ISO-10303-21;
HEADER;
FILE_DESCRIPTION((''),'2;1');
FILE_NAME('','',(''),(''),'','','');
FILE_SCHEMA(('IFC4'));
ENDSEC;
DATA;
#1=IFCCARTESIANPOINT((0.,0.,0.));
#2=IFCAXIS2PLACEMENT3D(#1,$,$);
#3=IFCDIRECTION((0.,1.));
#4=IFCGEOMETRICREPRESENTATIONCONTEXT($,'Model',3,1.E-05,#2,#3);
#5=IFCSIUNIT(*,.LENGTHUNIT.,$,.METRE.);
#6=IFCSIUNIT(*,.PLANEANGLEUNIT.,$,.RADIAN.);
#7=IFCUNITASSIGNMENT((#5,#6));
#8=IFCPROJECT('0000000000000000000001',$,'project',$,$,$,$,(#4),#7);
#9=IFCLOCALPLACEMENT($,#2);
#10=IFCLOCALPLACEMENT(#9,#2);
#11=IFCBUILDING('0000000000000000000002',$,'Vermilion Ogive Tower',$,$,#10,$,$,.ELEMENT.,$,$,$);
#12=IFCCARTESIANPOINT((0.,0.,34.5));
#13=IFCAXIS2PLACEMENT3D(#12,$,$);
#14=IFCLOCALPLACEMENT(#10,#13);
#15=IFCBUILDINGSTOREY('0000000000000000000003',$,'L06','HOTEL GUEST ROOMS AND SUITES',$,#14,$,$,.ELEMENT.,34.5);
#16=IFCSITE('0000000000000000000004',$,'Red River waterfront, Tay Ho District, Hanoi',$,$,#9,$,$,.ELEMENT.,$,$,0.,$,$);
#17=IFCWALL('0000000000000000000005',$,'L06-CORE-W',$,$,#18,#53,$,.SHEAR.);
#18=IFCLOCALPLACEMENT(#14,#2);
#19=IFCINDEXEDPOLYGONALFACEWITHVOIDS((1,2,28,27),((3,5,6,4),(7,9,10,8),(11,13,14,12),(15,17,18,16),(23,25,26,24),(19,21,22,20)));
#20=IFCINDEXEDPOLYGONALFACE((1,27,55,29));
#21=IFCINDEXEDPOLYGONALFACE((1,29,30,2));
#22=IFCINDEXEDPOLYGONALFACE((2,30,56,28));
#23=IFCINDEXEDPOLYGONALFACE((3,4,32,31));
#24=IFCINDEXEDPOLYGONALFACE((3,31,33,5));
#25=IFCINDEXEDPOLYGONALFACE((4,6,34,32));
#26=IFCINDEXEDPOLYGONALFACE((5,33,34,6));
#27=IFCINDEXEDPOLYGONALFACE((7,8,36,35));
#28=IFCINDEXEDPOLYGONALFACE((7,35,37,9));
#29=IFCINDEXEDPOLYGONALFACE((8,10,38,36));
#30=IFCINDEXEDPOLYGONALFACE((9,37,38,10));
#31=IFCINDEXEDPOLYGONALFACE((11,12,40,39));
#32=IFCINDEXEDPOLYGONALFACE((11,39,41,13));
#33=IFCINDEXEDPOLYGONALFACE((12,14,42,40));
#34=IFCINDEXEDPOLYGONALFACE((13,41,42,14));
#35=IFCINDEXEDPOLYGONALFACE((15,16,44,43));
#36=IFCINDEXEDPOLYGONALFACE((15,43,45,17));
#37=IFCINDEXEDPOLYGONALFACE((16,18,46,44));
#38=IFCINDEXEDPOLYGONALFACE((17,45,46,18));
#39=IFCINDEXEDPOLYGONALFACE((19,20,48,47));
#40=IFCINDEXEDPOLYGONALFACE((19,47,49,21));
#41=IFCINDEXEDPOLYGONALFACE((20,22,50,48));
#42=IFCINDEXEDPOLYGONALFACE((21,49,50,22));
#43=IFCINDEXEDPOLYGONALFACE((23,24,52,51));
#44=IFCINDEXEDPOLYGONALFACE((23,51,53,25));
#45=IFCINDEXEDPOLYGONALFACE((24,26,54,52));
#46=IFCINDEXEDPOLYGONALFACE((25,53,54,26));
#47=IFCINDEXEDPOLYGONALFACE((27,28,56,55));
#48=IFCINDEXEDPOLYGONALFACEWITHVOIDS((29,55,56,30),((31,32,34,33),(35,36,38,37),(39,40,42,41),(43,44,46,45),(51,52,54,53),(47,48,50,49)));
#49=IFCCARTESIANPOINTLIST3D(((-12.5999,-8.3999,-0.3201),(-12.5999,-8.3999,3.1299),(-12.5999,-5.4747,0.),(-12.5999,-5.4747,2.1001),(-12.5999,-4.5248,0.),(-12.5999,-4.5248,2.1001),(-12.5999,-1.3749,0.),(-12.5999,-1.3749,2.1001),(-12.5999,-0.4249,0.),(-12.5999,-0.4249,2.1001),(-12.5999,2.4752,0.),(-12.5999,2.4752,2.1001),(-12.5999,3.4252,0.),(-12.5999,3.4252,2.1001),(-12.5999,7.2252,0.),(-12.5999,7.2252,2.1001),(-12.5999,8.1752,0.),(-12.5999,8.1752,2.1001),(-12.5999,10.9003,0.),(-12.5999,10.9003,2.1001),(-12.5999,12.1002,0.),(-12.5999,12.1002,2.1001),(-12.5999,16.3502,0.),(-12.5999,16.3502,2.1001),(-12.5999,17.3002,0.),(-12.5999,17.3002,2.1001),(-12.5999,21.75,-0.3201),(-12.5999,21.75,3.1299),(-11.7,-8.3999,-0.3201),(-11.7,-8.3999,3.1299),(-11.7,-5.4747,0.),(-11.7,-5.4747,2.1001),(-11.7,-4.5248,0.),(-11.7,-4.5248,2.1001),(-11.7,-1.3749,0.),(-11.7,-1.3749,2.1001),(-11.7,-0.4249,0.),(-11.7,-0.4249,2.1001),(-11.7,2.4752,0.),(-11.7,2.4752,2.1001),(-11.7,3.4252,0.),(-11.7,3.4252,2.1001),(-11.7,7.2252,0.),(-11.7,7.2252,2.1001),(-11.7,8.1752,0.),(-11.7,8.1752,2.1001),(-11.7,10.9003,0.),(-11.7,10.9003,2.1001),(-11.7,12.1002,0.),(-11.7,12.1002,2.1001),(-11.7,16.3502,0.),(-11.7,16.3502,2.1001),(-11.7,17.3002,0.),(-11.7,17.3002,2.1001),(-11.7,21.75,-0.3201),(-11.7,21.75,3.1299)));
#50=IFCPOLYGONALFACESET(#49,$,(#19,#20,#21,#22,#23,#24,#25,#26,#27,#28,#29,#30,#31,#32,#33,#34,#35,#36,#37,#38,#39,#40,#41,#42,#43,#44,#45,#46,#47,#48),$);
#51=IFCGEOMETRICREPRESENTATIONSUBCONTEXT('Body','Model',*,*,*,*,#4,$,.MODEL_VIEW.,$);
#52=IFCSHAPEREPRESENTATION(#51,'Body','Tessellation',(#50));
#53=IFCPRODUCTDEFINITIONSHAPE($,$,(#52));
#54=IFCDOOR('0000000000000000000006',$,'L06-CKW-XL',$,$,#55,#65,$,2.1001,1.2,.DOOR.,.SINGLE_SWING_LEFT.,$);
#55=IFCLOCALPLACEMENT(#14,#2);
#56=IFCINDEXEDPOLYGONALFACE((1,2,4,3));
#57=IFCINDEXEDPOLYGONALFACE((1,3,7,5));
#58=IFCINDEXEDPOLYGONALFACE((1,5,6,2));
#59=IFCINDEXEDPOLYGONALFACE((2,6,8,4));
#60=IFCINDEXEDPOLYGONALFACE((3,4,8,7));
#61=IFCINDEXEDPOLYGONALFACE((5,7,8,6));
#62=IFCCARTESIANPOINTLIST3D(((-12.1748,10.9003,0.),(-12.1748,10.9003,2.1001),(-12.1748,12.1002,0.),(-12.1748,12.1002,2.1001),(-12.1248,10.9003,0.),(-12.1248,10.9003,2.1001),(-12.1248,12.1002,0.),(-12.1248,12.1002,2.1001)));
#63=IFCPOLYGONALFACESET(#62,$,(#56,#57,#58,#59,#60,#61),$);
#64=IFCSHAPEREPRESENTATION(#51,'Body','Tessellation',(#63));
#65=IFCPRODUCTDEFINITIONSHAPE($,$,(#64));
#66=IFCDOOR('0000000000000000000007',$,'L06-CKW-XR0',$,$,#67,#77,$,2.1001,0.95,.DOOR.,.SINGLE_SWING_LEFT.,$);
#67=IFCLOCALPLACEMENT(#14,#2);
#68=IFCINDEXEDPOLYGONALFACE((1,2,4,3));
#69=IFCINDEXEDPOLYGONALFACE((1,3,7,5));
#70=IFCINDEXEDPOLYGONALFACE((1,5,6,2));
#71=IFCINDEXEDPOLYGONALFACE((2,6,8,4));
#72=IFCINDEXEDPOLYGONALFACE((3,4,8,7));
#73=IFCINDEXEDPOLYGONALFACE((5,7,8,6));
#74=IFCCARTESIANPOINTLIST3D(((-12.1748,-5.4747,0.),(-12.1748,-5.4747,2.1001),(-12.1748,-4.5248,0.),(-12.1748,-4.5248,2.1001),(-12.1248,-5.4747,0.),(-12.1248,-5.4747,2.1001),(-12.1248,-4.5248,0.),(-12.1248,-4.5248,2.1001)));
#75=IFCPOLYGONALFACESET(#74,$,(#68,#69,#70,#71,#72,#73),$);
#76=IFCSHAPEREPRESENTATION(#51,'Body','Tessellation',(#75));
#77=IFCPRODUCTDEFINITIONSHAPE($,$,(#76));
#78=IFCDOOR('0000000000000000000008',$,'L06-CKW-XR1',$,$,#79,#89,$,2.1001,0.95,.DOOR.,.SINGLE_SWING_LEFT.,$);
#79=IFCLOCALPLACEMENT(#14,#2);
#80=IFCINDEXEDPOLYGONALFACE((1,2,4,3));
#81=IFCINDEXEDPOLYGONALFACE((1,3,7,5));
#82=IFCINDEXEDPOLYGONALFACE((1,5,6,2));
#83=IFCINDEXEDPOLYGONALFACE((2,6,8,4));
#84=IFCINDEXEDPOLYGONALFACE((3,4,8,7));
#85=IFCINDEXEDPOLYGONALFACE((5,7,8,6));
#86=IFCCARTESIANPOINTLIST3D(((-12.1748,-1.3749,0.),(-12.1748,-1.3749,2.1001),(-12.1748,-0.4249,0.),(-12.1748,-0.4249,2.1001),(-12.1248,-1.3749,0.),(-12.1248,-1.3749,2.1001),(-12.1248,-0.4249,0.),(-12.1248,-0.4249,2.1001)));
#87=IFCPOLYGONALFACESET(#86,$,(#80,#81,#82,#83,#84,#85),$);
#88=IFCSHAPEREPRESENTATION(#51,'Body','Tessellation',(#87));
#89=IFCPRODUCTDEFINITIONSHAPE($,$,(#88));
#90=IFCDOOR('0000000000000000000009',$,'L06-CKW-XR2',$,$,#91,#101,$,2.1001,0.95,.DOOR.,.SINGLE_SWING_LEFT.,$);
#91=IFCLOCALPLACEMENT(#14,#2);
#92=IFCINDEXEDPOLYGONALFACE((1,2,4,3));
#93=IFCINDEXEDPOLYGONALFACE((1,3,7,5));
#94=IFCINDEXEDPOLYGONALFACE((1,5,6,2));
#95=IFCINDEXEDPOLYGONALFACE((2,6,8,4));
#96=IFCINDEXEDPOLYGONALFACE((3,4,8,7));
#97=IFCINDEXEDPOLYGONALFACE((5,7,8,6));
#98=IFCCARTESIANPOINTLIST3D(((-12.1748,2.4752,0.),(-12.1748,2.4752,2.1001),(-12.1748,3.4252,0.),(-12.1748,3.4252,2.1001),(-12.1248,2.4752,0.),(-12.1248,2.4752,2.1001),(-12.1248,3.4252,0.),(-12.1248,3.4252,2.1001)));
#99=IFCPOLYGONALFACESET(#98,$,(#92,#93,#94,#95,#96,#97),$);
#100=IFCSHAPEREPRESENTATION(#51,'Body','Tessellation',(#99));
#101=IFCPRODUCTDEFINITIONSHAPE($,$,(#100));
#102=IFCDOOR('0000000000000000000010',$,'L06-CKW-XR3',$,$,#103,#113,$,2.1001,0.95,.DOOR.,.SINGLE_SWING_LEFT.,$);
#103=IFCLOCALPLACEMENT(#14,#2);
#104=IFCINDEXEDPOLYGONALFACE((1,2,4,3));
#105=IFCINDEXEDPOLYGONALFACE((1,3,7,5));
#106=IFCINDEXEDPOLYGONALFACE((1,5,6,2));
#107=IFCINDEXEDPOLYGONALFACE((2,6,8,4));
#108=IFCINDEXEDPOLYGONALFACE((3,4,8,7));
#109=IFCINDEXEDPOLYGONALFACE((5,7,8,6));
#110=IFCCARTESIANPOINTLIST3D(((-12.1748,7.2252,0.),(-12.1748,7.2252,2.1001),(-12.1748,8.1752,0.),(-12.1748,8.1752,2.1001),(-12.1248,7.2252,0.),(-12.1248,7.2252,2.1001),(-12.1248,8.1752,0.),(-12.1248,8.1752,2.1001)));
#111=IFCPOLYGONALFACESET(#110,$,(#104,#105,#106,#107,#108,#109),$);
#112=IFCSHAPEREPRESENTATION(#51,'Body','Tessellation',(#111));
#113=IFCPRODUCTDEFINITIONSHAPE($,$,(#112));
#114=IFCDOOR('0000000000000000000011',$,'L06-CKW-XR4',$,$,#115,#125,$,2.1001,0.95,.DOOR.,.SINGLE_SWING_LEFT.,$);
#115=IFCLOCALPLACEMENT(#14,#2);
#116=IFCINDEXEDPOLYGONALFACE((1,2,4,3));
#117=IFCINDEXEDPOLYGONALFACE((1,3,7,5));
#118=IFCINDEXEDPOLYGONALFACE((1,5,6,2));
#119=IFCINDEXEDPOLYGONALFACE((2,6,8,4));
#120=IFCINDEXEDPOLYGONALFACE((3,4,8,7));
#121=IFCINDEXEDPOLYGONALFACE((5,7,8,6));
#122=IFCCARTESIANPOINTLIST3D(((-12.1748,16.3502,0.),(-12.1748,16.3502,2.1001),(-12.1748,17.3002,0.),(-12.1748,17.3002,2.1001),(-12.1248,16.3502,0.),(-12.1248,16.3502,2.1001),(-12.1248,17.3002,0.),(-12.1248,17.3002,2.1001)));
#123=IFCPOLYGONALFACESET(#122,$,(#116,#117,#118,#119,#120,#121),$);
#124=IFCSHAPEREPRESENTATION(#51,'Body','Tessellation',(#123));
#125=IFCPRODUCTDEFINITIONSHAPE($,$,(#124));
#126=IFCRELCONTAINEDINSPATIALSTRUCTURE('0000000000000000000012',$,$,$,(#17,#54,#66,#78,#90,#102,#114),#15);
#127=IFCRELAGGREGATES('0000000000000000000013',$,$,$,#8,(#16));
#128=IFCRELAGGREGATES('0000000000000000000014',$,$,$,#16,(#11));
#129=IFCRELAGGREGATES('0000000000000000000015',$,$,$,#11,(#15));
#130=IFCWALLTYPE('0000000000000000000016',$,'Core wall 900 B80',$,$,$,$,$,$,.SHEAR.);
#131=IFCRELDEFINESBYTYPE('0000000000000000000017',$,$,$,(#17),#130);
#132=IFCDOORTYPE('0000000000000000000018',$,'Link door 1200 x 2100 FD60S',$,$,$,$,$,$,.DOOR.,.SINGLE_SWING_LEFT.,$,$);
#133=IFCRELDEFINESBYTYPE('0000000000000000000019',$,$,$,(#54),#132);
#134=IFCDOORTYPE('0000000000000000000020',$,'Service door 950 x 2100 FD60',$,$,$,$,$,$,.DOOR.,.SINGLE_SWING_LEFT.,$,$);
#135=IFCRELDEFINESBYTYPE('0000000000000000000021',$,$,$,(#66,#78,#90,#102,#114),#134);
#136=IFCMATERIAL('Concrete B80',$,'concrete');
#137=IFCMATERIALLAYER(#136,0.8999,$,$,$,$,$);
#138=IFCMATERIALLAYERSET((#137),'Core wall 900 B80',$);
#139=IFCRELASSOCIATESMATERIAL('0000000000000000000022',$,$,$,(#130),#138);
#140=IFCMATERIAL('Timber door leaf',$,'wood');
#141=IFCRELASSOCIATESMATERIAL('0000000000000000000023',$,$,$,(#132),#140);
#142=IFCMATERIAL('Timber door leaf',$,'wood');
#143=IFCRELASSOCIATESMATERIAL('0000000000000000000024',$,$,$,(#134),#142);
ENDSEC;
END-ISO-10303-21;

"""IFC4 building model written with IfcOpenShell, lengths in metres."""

from ifc_helpers import new_model, si_unit, direction, frame, frame_2d, origin, place, context, subcontext, project, spatial, rectangle, extrude, material, layer, layer_set, type_object, element, fill, save


model = new_model("IFC4")

# Units and contexts
model_context = context("Model", 3, precision=1e-05, world=origin(), true_north=direction((0.0, 1.0)))
body_context = subcontext(model_context, "Body", "Model", "MODEL_VIEW")
ifc_project = project(units=[si_unit("LENGTHUNIT", "METRE"), si_unit("PLANEANGLEUNIT", "RADIAN")], contexts=[model_context])

# Site, building, storey
site_placement = place(None, origin())
site = spatial("IfcSite", under=ifc_project, at=site_placement, Name="Red River waterfront, Tay Ho District, Hanoi", CompositionType="ELEMENT", RefElevation=0.0)
building_placement = place(site_placement, origin())
building = spatial("IfcBuilding", under=site, at=building_placement, Name="Vermilion Ogive Tower", CompositionType="ELEMENT")
storey_placement = place(building_placement, frame((0.0, 0.0, 34.5)))
storey = spatial("IfcBuildingStorey", under=building, at=storey_placement, Name="L06", Description="HOTEL GUEST ROOMS AND SUITES", CompositionType="ELEMENT", Elevation=34.5)

# Wall, openings, doors
ifc_material_1 = material(Name="Concrete B80", Category="concrete")
ifc_layer_1 = layer(ifc_material_1, 0.8999)
ifc_layer_set_1 = layer_set([ifc_layer_1], Name="Core wall 900 B80")
wall_type_1 = type_object("IfcWallType", Name="Core wall 900 B80", PredefinedType="SHEAR", material=ifc_layer_set_1)
wall_1_placement = place(storey_placement, frame((-12.1499, -8.3999, -0.3201), z_axis=(0.0, 0.0, 1.0), x_axis=(0.0, 1.0, 0.0)))
wall_1 = element("IfcWall", 1, at=wall_1_placement, inside=storey, type_object=wall_type_1, Name="L06-CORE-W", PredefinedType="SHEAR", context=body_context, shape_type="SweptSolid", body=[
    extrude(rectangle(XDim=30.1499, YDim=0.8999, at=frame_2d((15.075, 0.0))), origin(), (0.0, 0.0, 1.0), 3.45),
])
opening_1_placement = place(wall_1_placement, frame((2.925, 0.0, 0.3201)))
opening_1 = element("IfcOpeningElement", 2, at=opening_1_placement, cuts=wall_1, PredefinedType="OPENING", context=body_context, shape_type="SweptSolid", body=[
    extrude(rectangle(XDim=0.95, YDim=2.1001, at=frame_2d((0.4751, 1.05))), frame((0.0, 0.46, 0.0), z_axis=(0.0, -1.0, 0.0), x_axis=(1.0, 0.0, 0.0)), (0.0, 0.0, 1.0), 0.9199),
])
opening_2_placement = place(wall_1_placement, frame((7.0249, 0.0, 0.3201)))
opening_2 = element("IfcOpeningElement", 3, at=opening_2_placement, cuts=wall_1, PredefinedType="OPENING", context=body_context, shape_type="SweptSolid", body=[
    extrude(rectangle(XDim=0.95, YDim=2.1001, at=frame_2d((0.4751, 1.05))), frame((0.0, 0.46, 0.0), z_axis=(0.0, -1.0, 0.0), x_axis=(1.0, 0.0, 0.0)), (0.0, 0.0, 1.0), 0.9199),
])
opening_3_placement = place(wall_1_placement, frame((10.875, 0.0, 0.3201)))
opening_3 = element("IfcOpeningElement", 4, at=opening_3_placement, cuts=wall_1, PredefinedType="OPENING", context=body_context, shape_type="SweptSolid", body=[
    extrude(rectangle(XDim=0.95, YDim=2.1001, at=frame_2d((0.4751, 1.05))), frame((0.0, 0.46, 0.0), z_axis=(0.0, -1.0, 0.0), x_axis=(1.0, 0.0, 0.0)), (0.0, 0.0, 1.0), 0.9199),
])
opening_4_placement = place(wall_1_placement, frame((15.625, 0.0, 0.3201)))
opening_4 = element("IfcOpeningElement", 5, at=opening_4_placement, cuts=wall_1, PredefinedType="OPENING", context=body_context, shape_type="SweptSolid", body=[
    extrude(rectangle(XDim=0.95, YDim=2.1001, at=frame_2d((0.4751, 1.05))), frame((0.0, 0.46, 0.0), z_axis=(0.0, -1.0, 0.0), x_axis=(1.0, 0.0, 0.0)), (0.0, 0.0, 1.0), 0.9199),
])
opening_5_placement = place(wall_1_placement, frame((24.75, 0.0, 0.3201)))
opening_5 = element("IfcOpeningElement", 6, at=opening_5_placement, cuts=wall_1, PredefinedType="OPENING", context=body_context, shape_type="SweptSolid", body=[
    extrude(rectangle(XDim=0.95, YDim=2.1001, at=frame_2d((0.4751, 1.05))), frame((0.0, 0.46, 0.0), z_axis=(0.0, -1.0, 0.0), x_axis=(1.0, 0.0, 0.0)), (0.0, 0.0, 1.0), 0.9199),
])
opening_6_placement = place(wall_1_placement, frame((19.3, 0.0, 0.3201)))
opening_6 = element("IfcOpeningElement", 7, at=opening_6_placement, cuts=wall_1, PredefinedType="OPENING", context=body_context, shape_type="SweptSolid", body=[
    extrude(rectangle(XDim=1.2, YDim=2.1001, at=frame_2d((0.6001, 1.05))), frame((0.0, 0.46, 0.0), z_axis=(0.0, -1.0, 0.0), x_axis=(1.0, 0.0, 0.0)), (0.0, 0.0, 1.0), 0.9199),
])
ifc_material_2 = material(Name="Timber door leaf", Category="wood")
door_type_1 = type_object("IfcDoorType", Name="Link door 1200 x 2100 FD60S", OperationType="SINGLE_SWING_LEFT", PredefinedType="DOOR", material=ifc_material_2)
door_1_placement = place(opening_6_placement, origin())
door_1 = element("IfcDoor", 8, at=door_1_placement, inside=storey, type_object=door_type_1, Name="L06-CKW-XL", OperationType="SINGLE_SWING_LEFT", OverallHeight=2.1001, OverallWidth=1.2, PredefinedType="DOOR", context=body_context, shape_type="SweptSolid", body=[
    extrude(rectangle(XDim=1.2, YDim=2.1001, at=frame_2d((0.6001, 1.05))), frame((0.0, 0.0249, 0.0), z_axis=(0.0, -1.0, 0.0), x_axis=(1.0, 0.0, 0.0)), (0.0, 0.0, 1.0), 0.05),
])
fill(opening_6, door_1)
ifc_material_3 = material(Name="Timber door leaf", Category="wood")
door_type_2 = type_object("IfcDoorType", Name="Service door 950 x 2100 FD60", OperationType="SINGLE_SWING_LEFT", PredefinedType="DOOR", material=ifc_material_3)
door_2_placement = place(opening_1_placement, origin())
door_2 = element("IfcDoor", 9, at=door_2_placement, inside=storey, type_object=door_type_2, Name="L06-CKW-XR0", OperationType="SINGLE_SWING_LEFT", OverallHeight=2.1001, OverallWidth=0.95, PredefinedType="DOOR", context=body_context, shape_type="SweptSolid", body=[
    extrude(rectangle(XDim=0.95, YDim=2.1001, at=frame_2d((0.4751, 1.05))), frame((0.0, 0.0249, 0.0), z_axis=(0.0, -1.0, 0.0), x_axis=(1.0, 0.0, 0.0)), (0.0, 0.0, 1.0), 0.05),
])
fill(opening_1, door_2)
door_3_placement = place(opening_2_placement, origin())
door_3 = element("IfcDoor", 10, at=door_3_placement, inside=storey, type_object=door_type_2, Name="L06-CKW-XR1", OperationType="SINGLE_SWING_LEFT", OverallHeight=2.1001, OverallWidth=0.95, PredefinedType="DOOR", context=body_context, shape_type="SweptSolid", body=[
    extrude(rectangle(XDim=0.95, YDim=2.1001, at=frame_2d((0.4751, 1.05))), frame((0.0, 0.0249, 0.0), z_axis=(0.0, -1.0, 0.0), x_axis=(1.0, 0.0, 0.0)), (0.0, 0.0, 1.0), 0.05),
])
fill(opening_2, door_3)
door_4_placement = place(opening_3_placement, origin())
door_4 = element("IfcDoor", 11, at=door_4_placement, inside=storey, type_object=door_type_2, Name="L06-CKW-XR2", OperationType="SINGLE_SWING_LEFT", OverallHeight=2.1001, OverallWidth=0.95, PredefinedType="DOOR", context=body_context, shape_type="SweptSolid", body=[
    extrude(rectangle(XDim=0.95, YDim=2.1001, at=frame_2d((0.4751, 1.05))), frame((0.0, 0.0249, 0.0), z_axis=(0.0, -1.0, 0.0), x_axis=(1.0, 0.0, 0.0)), (0.0, 0.0, 1.0), 0.05),
])
fill(opening_3, door_4)
door_5_placement = place(opening_4_placement, origin())
door_5 = element("IfcDoor", 12, at=door_5_placement, inside=storey, type_object=door_type_2, Name="L06-CKW-XR3", OperationType="SINGLE_SWING_LEFT", OverallHeight=2.1001, OverallWidth=0.95, PredefinedType="DOOR", context=body_context, shape_type="SweptSolid", body=[
    extrude(rectangle(XDim=0.95, YDim=2.1001, at=frame_2d((0.4751, 1.05))), frame((0.0, 0.0249, 0.0), z_axis=(0.0, -1.0, 0.0), x_axis=(1.0, 0.0, 0.0)), (0.0, 0.0, 1.0), 0.05),
])
fill(opening_4, door_5)
door_6_placement = place(opening_5_placement, origin())
door_6 = element("IfcDoor", 13, at=door_6_placement, inside=storey, type_object=door_type_2, Name="L06-CKW-XR4", OperationType="SINGLE_SWING_LEFT", OverallHeight=2.1001, OverallWidth=0.95, PredefinedType="DOOR", context=body_context, shape_type="SweptSolid", body=[
    extrude(rectangle(XDim=0.95, YDim=2.1001, at=frame_2d((0.4751, 1.05))), frame((0.0, 0.0249, 0.0), z_axis=(0.0, -1.0, 0.0), x_axis=(1.0, 0.0, 0.0)), (0.0, 0.0, 1.0), 0.05),
])
fill(opening_5, door_6)

save(model, "model.ifc")
